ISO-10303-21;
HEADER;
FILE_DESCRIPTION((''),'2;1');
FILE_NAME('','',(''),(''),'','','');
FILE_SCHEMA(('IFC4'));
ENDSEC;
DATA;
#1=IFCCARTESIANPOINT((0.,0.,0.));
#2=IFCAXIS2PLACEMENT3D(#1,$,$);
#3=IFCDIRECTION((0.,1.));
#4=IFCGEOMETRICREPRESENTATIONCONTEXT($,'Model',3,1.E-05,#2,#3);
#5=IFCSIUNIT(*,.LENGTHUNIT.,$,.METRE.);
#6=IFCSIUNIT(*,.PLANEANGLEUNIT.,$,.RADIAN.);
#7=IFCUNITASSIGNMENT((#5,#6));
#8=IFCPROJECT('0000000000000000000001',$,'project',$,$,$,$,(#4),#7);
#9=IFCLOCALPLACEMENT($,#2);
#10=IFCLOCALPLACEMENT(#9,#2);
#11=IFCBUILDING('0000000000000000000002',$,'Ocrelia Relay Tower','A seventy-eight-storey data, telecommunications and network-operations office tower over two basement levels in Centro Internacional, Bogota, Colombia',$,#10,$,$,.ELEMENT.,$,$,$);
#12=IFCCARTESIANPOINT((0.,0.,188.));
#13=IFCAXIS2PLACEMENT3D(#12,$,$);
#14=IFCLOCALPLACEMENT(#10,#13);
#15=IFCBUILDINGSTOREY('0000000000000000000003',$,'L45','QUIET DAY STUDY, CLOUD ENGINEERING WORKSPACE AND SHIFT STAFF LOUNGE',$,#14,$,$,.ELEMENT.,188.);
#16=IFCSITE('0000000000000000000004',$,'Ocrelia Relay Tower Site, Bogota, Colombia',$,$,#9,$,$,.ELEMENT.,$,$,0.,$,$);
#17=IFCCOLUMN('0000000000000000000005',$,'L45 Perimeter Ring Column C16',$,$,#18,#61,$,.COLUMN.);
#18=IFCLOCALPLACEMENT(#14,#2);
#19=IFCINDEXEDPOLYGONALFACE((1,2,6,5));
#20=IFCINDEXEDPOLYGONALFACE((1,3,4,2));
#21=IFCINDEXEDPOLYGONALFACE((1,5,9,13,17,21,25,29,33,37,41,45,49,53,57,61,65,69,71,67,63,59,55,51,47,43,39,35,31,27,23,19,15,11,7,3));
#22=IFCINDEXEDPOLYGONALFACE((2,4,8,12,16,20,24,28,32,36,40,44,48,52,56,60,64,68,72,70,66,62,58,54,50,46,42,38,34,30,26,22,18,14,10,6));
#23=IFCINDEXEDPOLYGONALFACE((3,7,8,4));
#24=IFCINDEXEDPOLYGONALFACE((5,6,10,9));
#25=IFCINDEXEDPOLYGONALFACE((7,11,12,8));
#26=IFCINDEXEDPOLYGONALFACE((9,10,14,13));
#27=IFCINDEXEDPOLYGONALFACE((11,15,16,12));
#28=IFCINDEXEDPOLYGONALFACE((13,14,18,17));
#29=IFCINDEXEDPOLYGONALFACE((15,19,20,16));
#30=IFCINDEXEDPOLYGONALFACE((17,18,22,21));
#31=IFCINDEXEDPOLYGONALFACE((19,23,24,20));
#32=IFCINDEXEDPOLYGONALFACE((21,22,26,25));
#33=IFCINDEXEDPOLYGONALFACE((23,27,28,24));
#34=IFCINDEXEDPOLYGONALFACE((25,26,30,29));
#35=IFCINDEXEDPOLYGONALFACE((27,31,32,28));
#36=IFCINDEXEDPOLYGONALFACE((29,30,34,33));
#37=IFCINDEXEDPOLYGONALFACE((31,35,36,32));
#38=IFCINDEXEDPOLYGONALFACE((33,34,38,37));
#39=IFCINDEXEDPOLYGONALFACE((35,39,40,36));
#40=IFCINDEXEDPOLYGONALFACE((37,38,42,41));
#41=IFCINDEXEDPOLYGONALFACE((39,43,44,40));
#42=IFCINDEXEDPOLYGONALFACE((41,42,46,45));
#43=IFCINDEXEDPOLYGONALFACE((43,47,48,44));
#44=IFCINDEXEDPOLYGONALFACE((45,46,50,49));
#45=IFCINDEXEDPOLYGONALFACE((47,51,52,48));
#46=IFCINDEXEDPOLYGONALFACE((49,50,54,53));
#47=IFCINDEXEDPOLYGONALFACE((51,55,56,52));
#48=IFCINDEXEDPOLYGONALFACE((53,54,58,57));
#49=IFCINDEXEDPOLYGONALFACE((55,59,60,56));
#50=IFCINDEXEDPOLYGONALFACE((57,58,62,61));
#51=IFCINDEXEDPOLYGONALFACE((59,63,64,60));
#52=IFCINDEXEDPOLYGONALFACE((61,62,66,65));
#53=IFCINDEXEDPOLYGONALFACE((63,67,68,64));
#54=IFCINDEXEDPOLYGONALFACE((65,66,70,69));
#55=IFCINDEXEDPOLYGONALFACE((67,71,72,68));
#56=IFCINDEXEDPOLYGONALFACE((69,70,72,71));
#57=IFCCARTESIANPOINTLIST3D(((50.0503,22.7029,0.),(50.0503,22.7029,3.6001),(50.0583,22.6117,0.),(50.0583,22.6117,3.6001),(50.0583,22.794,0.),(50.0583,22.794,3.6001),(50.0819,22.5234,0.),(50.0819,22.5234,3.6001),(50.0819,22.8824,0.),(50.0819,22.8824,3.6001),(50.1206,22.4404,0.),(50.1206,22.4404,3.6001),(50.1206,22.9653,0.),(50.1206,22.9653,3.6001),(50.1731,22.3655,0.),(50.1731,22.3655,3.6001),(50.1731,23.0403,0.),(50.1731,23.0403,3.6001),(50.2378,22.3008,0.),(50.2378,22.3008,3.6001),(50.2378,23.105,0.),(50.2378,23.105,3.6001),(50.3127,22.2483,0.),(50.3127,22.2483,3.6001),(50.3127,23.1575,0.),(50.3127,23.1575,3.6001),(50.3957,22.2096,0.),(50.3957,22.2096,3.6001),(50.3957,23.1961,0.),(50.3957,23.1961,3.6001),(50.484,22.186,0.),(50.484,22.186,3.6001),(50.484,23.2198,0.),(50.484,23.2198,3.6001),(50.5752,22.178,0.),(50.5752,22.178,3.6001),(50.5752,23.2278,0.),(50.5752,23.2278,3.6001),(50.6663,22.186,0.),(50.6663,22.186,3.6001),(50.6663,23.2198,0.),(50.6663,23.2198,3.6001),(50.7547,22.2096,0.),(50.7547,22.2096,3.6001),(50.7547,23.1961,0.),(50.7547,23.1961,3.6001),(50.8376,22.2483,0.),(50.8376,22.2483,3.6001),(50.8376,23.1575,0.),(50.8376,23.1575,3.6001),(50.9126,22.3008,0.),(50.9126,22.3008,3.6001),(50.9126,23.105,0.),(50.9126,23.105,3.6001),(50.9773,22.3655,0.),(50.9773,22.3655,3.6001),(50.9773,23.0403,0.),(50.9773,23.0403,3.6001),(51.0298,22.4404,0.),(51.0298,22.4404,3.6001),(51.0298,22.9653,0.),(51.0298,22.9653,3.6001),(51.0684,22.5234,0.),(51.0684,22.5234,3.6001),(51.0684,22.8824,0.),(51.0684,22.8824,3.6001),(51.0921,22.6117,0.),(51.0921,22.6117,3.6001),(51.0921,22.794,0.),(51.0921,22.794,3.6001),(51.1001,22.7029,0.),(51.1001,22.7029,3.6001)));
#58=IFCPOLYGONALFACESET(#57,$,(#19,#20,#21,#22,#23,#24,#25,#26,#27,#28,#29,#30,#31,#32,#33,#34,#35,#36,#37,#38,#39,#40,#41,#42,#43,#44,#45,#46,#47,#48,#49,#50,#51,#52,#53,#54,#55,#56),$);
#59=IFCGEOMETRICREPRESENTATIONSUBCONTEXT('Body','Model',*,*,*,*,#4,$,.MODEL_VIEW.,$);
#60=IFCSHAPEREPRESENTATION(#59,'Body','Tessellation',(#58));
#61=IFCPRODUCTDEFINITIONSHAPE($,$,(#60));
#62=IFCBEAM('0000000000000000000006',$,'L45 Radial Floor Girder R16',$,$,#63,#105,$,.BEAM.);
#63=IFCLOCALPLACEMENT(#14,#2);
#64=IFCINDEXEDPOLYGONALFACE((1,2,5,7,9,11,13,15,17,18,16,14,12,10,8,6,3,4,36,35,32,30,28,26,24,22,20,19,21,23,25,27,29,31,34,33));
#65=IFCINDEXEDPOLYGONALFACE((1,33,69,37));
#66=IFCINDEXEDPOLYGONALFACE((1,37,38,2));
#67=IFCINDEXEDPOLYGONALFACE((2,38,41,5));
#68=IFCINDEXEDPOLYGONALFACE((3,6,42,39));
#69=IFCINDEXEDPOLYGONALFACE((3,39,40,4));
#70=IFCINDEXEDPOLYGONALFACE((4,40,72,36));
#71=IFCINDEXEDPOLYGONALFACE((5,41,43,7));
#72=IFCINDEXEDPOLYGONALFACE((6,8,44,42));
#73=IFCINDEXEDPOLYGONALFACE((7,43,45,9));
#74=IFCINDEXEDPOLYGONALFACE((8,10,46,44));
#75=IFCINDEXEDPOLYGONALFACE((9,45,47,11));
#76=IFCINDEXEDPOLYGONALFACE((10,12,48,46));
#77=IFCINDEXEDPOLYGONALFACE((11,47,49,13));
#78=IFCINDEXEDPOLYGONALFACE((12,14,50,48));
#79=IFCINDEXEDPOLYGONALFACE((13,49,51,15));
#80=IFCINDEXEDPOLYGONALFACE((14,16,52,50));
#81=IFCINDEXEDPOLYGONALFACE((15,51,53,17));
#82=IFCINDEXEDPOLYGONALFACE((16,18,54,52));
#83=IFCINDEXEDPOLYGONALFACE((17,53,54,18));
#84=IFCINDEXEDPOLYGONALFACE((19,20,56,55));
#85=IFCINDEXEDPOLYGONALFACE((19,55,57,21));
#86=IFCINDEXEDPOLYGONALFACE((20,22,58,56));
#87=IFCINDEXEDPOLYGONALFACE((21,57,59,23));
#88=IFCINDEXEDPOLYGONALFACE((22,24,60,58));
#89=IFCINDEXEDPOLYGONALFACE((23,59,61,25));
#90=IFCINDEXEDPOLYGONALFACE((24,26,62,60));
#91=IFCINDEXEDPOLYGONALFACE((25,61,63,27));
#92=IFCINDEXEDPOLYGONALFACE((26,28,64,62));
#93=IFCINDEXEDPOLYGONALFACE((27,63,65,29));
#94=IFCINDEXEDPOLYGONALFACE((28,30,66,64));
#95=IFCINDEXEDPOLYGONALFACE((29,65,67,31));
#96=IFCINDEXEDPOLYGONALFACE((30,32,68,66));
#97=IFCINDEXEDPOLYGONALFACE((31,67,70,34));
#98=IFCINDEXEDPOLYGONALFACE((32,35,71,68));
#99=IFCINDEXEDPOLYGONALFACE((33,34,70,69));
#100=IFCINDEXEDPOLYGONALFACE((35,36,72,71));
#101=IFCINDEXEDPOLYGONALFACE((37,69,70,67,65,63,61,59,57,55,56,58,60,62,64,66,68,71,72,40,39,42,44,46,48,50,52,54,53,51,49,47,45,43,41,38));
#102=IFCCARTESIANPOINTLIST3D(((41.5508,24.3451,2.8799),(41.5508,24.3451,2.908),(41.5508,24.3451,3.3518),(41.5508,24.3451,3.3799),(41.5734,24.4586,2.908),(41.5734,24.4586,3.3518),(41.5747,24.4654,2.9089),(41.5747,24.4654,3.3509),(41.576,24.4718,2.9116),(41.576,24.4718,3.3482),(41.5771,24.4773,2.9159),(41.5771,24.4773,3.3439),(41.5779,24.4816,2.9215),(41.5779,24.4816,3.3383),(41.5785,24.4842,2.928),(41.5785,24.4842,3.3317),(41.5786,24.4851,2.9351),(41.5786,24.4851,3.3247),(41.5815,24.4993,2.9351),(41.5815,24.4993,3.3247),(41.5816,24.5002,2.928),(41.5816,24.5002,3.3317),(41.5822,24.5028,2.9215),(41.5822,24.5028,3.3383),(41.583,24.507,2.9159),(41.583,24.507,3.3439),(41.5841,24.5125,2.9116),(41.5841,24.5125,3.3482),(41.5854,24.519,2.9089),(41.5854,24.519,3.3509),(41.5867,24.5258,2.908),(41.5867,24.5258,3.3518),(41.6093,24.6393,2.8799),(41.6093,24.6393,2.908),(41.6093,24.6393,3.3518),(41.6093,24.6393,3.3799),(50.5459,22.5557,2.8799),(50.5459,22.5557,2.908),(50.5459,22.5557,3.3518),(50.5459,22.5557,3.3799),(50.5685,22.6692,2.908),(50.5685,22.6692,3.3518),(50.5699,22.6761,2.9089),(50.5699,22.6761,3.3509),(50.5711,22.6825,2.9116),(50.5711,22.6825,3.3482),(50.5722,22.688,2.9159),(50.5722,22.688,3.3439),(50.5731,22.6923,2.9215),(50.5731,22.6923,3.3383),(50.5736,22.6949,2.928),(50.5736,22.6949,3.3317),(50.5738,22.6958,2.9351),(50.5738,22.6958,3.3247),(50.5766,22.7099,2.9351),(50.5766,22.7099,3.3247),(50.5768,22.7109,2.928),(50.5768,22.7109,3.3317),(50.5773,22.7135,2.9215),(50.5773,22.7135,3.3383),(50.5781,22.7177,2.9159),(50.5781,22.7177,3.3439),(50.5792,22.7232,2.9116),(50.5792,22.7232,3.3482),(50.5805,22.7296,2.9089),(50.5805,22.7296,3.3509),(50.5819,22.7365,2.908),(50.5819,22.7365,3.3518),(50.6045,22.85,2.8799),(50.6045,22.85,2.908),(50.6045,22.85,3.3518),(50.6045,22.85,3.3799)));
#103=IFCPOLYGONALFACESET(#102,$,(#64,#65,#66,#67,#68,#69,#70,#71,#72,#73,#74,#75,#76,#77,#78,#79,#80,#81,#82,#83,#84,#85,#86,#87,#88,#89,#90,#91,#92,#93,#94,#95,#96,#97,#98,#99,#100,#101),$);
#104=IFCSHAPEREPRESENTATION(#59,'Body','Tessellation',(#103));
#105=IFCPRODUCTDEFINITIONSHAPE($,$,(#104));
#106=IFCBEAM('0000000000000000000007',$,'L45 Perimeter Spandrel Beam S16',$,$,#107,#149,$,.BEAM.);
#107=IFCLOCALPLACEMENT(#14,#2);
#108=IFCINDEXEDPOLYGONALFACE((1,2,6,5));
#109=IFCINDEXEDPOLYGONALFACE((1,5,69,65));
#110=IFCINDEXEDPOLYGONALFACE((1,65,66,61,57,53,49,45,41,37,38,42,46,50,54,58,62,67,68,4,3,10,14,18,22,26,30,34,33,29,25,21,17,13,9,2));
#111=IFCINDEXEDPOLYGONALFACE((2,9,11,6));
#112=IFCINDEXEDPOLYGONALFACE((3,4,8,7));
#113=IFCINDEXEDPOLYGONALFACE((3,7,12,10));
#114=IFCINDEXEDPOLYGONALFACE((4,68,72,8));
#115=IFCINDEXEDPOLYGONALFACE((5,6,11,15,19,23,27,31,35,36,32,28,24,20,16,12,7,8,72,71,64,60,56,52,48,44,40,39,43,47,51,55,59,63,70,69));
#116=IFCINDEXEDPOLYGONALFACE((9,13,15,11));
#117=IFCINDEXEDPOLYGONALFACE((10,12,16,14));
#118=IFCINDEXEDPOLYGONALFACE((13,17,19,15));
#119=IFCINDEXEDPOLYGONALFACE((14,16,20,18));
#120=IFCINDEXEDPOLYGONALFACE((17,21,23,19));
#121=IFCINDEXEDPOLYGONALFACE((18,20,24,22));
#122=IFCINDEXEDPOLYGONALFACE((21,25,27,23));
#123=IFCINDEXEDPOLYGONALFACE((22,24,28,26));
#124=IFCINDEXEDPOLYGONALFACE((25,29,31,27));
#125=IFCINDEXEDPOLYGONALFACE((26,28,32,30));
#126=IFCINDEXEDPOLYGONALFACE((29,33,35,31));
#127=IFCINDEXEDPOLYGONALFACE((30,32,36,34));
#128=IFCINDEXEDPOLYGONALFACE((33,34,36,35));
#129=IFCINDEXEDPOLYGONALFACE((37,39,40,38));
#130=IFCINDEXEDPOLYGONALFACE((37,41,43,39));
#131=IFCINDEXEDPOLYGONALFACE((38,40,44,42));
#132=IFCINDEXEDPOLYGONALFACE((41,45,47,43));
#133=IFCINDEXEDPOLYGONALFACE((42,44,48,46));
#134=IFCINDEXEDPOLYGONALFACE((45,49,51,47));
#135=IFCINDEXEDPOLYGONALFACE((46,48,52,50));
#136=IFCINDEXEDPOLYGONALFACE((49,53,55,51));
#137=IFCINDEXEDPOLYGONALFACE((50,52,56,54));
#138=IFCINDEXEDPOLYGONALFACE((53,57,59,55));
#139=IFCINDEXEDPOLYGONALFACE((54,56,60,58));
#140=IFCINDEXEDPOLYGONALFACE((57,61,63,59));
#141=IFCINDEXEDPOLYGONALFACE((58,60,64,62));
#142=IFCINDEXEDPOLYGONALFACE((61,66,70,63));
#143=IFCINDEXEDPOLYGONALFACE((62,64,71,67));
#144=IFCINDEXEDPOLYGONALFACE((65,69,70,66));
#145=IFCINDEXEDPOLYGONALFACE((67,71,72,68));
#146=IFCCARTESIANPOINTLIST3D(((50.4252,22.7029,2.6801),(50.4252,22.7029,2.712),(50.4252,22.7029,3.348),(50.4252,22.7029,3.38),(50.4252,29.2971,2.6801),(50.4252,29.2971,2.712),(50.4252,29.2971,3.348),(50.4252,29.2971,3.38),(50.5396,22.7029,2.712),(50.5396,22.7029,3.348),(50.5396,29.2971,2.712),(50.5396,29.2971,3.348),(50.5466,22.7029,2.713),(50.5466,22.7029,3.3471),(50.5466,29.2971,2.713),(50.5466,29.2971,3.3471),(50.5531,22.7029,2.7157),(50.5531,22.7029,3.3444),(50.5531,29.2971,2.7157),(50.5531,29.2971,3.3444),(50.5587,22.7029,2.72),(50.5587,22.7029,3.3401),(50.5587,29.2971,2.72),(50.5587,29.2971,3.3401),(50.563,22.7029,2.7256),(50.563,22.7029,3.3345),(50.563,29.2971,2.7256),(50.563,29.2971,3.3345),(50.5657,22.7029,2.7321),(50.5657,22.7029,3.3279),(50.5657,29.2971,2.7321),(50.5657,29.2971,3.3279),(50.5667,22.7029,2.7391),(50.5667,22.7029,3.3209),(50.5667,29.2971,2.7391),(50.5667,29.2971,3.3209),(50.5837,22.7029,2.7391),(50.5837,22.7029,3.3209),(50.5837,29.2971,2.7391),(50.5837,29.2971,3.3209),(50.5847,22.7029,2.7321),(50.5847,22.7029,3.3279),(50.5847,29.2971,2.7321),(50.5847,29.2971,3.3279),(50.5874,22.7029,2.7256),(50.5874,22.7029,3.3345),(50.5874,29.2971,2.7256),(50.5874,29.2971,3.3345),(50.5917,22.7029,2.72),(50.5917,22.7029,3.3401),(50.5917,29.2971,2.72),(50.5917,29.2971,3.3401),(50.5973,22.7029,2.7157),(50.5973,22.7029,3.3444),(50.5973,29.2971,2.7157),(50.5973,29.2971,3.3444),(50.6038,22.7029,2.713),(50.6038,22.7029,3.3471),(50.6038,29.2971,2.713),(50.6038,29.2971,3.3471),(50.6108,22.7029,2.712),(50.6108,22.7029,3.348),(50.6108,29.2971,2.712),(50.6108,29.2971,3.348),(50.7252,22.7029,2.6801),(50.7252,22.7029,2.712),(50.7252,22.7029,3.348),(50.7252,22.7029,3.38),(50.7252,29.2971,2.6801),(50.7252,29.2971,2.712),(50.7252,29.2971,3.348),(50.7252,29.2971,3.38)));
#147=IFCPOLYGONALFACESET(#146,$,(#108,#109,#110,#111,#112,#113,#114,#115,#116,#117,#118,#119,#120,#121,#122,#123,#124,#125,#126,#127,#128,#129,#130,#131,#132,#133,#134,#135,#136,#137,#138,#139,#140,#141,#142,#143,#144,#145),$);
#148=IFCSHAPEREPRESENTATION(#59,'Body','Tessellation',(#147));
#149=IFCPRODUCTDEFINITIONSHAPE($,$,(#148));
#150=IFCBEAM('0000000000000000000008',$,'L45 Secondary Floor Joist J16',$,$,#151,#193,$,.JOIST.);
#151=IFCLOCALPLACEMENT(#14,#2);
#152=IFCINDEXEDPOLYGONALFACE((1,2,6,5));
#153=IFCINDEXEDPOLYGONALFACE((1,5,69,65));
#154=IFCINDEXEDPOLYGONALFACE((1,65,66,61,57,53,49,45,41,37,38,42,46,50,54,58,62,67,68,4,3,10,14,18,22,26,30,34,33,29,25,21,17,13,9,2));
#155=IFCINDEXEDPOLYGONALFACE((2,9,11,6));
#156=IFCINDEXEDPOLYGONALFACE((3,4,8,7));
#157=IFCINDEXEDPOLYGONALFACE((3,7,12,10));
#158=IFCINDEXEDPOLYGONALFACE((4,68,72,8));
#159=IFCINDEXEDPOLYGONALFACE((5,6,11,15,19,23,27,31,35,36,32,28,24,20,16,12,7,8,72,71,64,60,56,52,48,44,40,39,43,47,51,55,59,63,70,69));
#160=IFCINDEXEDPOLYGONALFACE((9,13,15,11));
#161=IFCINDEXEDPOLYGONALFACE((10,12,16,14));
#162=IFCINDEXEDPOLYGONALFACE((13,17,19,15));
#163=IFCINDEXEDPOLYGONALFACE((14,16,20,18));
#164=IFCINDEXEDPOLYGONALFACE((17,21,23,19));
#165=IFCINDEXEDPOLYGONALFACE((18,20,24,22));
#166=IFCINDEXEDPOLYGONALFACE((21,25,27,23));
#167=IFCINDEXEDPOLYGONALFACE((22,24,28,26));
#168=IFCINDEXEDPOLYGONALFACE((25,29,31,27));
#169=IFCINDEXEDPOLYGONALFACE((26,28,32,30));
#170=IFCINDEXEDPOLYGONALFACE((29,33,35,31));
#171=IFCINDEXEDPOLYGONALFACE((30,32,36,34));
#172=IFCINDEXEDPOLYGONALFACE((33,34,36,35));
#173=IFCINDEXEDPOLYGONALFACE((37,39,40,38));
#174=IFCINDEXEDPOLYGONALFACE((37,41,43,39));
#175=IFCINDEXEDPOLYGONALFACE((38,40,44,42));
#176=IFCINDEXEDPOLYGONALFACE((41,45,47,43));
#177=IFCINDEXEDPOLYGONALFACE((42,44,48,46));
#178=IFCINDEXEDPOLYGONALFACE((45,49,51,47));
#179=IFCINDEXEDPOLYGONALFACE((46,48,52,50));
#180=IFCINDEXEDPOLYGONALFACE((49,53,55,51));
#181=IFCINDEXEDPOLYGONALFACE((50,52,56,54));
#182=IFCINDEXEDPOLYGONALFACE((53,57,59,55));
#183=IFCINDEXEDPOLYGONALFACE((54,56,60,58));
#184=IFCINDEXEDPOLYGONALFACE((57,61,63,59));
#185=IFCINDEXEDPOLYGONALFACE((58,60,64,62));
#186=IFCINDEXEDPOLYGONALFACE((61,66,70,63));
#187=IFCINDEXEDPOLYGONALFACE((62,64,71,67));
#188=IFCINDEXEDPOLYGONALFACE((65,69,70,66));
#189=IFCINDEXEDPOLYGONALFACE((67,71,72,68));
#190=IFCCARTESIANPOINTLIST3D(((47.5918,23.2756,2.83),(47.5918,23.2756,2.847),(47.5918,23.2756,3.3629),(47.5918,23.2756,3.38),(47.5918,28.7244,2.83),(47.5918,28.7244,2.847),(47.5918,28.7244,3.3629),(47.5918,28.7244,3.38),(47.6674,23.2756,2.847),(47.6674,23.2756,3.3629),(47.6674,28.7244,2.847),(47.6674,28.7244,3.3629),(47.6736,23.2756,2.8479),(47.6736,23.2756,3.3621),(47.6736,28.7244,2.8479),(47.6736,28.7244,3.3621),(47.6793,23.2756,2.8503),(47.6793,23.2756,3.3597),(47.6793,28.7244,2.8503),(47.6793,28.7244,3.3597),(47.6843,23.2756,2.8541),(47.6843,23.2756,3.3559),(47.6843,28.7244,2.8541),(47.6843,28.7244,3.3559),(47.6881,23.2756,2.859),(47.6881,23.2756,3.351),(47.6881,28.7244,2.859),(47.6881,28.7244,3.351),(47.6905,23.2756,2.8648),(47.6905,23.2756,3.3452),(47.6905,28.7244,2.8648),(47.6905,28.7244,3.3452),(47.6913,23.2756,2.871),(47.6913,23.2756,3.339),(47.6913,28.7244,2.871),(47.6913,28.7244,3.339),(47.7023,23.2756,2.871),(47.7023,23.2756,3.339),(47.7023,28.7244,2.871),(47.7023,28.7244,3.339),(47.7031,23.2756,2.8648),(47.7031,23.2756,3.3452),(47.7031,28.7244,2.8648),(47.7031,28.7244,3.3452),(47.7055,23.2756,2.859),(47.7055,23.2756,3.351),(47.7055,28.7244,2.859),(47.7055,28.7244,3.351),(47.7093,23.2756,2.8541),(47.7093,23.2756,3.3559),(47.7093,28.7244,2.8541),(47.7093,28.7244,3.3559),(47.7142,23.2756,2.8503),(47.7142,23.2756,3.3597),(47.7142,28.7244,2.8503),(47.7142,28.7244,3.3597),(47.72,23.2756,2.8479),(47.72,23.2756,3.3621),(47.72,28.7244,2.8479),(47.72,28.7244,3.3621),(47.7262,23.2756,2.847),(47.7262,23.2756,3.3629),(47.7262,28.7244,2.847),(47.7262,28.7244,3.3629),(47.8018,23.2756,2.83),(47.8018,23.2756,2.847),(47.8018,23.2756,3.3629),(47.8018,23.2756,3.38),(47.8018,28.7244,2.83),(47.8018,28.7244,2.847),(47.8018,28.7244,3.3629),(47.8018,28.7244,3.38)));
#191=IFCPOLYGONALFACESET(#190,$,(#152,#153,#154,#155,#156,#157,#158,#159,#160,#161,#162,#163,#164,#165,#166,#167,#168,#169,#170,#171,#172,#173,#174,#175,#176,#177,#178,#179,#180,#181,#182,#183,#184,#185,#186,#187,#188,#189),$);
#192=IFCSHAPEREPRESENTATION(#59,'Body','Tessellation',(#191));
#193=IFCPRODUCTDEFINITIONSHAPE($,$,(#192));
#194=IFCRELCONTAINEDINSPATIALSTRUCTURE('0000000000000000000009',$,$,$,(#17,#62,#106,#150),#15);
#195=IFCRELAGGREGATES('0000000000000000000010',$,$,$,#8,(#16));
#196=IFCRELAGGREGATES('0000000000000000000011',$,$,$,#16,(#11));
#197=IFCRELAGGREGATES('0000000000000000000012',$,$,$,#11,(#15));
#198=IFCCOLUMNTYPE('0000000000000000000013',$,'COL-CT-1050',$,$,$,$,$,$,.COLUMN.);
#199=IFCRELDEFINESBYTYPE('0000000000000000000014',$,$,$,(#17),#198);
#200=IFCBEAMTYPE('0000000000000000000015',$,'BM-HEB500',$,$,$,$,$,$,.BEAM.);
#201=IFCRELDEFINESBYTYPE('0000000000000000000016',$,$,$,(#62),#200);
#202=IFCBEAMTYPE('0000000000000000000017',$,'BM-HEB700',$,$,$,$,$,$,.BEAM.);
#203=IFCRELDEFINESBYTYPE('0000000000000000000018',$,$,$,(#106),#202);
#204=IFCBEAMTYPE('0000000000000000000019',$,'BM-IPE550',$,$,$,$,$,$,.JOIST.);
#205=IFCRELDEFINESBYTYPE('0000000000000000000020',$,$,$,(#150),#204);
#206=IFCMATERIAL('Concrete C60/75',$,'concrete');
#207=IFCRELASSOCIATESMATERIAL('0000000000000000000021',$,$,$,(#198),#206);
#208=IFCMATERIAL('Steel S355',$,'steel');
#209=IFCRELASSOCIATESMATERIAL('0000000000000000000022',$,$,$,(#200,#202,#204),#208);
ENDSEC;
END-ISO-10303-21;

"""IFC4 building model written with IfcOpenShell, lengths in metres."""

from ifc_helpers import new_model, si_unit, direction, frame, origin, origin_2d, place, context, subcontext, project, spatial, circle, i_section, extrude, material, material_profile, profile_set, type_object, element, save


model = new_model("IFC4")

# Units and contexts
model_context = context("Model", 3, precision=1e-05, world=origin(), true_north=direction((0.0, 1.0)))
body_context = subcontext(model_context, "Body", "Model", "MODEL_VIEW")
ifc_project = project(units=[si_unit("LENGTHUNIT", "METRE"), si_unit("PLANEANGLEUNIT", "RADIAN")], contexts=[model_context])

# Site, building, storey
site_placement = place(None, origin())
site = spatial("IfcSite", under=ifc_project, at=site_placement, Name="Ocrelia Relay Tower Site, Bogota, Colombia", CompositionType="ELEMENT", RefElevation=0.0)
building_placement = place(site_placement, origin())
building = spatial("IfcBuilding", under=site, at=building_placement, Name="Ocrelia Relay Tower", Description="A seventy-eight-storey data, telecommunications and network-operations office tower over two basement levels in Centro Internacional, Bogota, Colombia", CompositionType="ELEMENT")
storey_placement = place(building_placement, frame((0.0, 0.0, 188.0)))
storey = spatial("IfcBuildingStorey", under=building, at=storey_placement, Name="L45", Description="QUIET DAY STUDY, CLOUD ENGINEERING WORKSPACE AND SHIFT STAFF LOUNGE", CompositionType="ELEMENT", Elevation=188.0)

# Column
ifc_material_1 = material(Name="Concrete C60/75", Category="concrete")
ifc_material_profile_1 = material_profile(ifc_material_1, circle(Radius=0.5249, at=origin_2d()), Name="RC-CIR-1050")
ifc_profile_set_1 = profile_set([ifc_material_profile_1], Name="Concrete C60/75")
column_type = type_object("IfcColumnType", Name="COL-CT-1050", PredefinedType="COLUMN", material=ifc_profile_set_1)
column_placement = place(storey_placement, frame((50.5752, 22.7029, 0.0), z_axis=(0.0, 0.0, 1.0), x_axis=(1.0, 0.0, 0.0)))
element("IfcColumn", 1, at=column_placement, inside=storey, type_object=column_type, Name="L45 Perimeter Ring Column C16", PredefinedType="COLUMN", context=body_context, shape_type="SweptSolid", body=[
    extrude(circle(Radius=0.5249, at=origin_2d()), origin(), (0.0, 0.0, 1.0), 3.6001),
])

# Beams
ifc_material_2 = material(Name="Steel S355", Category="steel")
ifc_material_profile_2 = material_profile(ifc_material_2, i_section(OverallWidth=0.3, OverallDepth=0.5, WebThickness=0.0144, FlangeThickness=0.0281, FilletRadius=0.0271, at=origin_2d()), Name="HEB 500")
ifc_profile_set_2 = profile_set([ifc_material_profile_2], Name="Steel S355")
beam_type_1 = type_object("IfcBeamType", Name="BM-HEB500", PredefinedType="BEAM", material=ifc_profile_set_2)
beam_1_placement = place(storey_placement, frame((50.5752, 22.7029, 3.1299), z_axis=(-0.980784, 0.195097, 0.0), x_axis=(-0.195097, -0.980784, 0.0)))
element("IfcBeam", 2, at=beam_1_placement, inside=storey, type_object=beam_type_1, Name="L45 Radial Floor Girder R16", PredefinedType="BEAM", context=body_context, shape_type="SweptSolid", body=[
    extrude(i_section(OverallWidth=0.3, OverallDepth=0.5, WebThickness=0.0144, FlangeThickness=0.0281, FilletRadius=0.0271, at=origin_2d()), origin(), (0.0, 0.0, 1.0), 9.1714),
])
ifc_material_profile_3 = material_profile(ifc_material_2, i_section(OverallWidth=0.3, OverallDepth=0.7, WebThickness=0.0171, FlangeThickness=0.032, FilletRadius=0.0271, at=origin_2d()), Name="HEB 700")
ifc_profile_set_3 = profile_set([ifc_material_profile_3], Name="Steel S355")
beam_type_2 = type_object("IfcBeamType", Name="BM-HEB700", PredefinedType="BEAM", material=ifc_profile_set_3)
beam_2_placement = place(storey_placement, frame((50.5752, 22.7029, 3.03), z_axis=(0.0, 1.0, 0.0), x_axis=(-1.0, 0.0, 0.0)))
element("IfcBeam", 3, at=beam_2_placement, inside=storey, type_object=beam_type_2, Name="L45 Perimeter Spandrel Beam S16", PredefinedType="BEAM", context=body_context, shape_type="SweptSolid", body=[
    extrude(i_section(OverallWidth=0.3, OverallDepth=0.7, WebThickness=0.0171, FlangeThickness=0.032, FilletRadius=0.0271, at=origin_2d()), origin(), (0.0, 0.0, 1.0), 6.5942),
])
ifc_material_profile_4 = material_profile(ifc_material_2, i_section(OverallWidth=0.21, OverallDepth=0.55, WebThickness=0.011, FlangeThickness=0.0171, FilletRadius=0.0239, at=origin_2d()), Name="IPE 550")
ifc_profile_set_4 = profile_set([ifc_material_profile_4], Name="Steel S355")
beam_type_3 = type_object("IfcBeamType", Name="BM-IPE550", PredefinedType="JOIST", material=ifc_profile_set_4)
beam_3_placement = place(storey_placement, frame((47.6968, 23.2756, 3.105), z_axis=(0.0, 1.0, 0.0), x_axis=(-1.0, 0.0, 0.0)))
element("IfcBeam", 4, at=beam_3_placement, inside=storey, type_object=beam_type_3, Name="L45 Secondary Floor Joist J16", PredefinedType="JOIST", context=body_context, shape_type="SweptSolid", body=[
    extrude(i_section(OverallWidth=0.21, OverallDepth=0.55, WebThickness=0.011, FlangeThickness=0.0171, FilletRadius=0.0239, at=origin_2d()), origin(), (0.0, 0.0, 1.0), 5.4487),
])

save(model, "model.ifc")
